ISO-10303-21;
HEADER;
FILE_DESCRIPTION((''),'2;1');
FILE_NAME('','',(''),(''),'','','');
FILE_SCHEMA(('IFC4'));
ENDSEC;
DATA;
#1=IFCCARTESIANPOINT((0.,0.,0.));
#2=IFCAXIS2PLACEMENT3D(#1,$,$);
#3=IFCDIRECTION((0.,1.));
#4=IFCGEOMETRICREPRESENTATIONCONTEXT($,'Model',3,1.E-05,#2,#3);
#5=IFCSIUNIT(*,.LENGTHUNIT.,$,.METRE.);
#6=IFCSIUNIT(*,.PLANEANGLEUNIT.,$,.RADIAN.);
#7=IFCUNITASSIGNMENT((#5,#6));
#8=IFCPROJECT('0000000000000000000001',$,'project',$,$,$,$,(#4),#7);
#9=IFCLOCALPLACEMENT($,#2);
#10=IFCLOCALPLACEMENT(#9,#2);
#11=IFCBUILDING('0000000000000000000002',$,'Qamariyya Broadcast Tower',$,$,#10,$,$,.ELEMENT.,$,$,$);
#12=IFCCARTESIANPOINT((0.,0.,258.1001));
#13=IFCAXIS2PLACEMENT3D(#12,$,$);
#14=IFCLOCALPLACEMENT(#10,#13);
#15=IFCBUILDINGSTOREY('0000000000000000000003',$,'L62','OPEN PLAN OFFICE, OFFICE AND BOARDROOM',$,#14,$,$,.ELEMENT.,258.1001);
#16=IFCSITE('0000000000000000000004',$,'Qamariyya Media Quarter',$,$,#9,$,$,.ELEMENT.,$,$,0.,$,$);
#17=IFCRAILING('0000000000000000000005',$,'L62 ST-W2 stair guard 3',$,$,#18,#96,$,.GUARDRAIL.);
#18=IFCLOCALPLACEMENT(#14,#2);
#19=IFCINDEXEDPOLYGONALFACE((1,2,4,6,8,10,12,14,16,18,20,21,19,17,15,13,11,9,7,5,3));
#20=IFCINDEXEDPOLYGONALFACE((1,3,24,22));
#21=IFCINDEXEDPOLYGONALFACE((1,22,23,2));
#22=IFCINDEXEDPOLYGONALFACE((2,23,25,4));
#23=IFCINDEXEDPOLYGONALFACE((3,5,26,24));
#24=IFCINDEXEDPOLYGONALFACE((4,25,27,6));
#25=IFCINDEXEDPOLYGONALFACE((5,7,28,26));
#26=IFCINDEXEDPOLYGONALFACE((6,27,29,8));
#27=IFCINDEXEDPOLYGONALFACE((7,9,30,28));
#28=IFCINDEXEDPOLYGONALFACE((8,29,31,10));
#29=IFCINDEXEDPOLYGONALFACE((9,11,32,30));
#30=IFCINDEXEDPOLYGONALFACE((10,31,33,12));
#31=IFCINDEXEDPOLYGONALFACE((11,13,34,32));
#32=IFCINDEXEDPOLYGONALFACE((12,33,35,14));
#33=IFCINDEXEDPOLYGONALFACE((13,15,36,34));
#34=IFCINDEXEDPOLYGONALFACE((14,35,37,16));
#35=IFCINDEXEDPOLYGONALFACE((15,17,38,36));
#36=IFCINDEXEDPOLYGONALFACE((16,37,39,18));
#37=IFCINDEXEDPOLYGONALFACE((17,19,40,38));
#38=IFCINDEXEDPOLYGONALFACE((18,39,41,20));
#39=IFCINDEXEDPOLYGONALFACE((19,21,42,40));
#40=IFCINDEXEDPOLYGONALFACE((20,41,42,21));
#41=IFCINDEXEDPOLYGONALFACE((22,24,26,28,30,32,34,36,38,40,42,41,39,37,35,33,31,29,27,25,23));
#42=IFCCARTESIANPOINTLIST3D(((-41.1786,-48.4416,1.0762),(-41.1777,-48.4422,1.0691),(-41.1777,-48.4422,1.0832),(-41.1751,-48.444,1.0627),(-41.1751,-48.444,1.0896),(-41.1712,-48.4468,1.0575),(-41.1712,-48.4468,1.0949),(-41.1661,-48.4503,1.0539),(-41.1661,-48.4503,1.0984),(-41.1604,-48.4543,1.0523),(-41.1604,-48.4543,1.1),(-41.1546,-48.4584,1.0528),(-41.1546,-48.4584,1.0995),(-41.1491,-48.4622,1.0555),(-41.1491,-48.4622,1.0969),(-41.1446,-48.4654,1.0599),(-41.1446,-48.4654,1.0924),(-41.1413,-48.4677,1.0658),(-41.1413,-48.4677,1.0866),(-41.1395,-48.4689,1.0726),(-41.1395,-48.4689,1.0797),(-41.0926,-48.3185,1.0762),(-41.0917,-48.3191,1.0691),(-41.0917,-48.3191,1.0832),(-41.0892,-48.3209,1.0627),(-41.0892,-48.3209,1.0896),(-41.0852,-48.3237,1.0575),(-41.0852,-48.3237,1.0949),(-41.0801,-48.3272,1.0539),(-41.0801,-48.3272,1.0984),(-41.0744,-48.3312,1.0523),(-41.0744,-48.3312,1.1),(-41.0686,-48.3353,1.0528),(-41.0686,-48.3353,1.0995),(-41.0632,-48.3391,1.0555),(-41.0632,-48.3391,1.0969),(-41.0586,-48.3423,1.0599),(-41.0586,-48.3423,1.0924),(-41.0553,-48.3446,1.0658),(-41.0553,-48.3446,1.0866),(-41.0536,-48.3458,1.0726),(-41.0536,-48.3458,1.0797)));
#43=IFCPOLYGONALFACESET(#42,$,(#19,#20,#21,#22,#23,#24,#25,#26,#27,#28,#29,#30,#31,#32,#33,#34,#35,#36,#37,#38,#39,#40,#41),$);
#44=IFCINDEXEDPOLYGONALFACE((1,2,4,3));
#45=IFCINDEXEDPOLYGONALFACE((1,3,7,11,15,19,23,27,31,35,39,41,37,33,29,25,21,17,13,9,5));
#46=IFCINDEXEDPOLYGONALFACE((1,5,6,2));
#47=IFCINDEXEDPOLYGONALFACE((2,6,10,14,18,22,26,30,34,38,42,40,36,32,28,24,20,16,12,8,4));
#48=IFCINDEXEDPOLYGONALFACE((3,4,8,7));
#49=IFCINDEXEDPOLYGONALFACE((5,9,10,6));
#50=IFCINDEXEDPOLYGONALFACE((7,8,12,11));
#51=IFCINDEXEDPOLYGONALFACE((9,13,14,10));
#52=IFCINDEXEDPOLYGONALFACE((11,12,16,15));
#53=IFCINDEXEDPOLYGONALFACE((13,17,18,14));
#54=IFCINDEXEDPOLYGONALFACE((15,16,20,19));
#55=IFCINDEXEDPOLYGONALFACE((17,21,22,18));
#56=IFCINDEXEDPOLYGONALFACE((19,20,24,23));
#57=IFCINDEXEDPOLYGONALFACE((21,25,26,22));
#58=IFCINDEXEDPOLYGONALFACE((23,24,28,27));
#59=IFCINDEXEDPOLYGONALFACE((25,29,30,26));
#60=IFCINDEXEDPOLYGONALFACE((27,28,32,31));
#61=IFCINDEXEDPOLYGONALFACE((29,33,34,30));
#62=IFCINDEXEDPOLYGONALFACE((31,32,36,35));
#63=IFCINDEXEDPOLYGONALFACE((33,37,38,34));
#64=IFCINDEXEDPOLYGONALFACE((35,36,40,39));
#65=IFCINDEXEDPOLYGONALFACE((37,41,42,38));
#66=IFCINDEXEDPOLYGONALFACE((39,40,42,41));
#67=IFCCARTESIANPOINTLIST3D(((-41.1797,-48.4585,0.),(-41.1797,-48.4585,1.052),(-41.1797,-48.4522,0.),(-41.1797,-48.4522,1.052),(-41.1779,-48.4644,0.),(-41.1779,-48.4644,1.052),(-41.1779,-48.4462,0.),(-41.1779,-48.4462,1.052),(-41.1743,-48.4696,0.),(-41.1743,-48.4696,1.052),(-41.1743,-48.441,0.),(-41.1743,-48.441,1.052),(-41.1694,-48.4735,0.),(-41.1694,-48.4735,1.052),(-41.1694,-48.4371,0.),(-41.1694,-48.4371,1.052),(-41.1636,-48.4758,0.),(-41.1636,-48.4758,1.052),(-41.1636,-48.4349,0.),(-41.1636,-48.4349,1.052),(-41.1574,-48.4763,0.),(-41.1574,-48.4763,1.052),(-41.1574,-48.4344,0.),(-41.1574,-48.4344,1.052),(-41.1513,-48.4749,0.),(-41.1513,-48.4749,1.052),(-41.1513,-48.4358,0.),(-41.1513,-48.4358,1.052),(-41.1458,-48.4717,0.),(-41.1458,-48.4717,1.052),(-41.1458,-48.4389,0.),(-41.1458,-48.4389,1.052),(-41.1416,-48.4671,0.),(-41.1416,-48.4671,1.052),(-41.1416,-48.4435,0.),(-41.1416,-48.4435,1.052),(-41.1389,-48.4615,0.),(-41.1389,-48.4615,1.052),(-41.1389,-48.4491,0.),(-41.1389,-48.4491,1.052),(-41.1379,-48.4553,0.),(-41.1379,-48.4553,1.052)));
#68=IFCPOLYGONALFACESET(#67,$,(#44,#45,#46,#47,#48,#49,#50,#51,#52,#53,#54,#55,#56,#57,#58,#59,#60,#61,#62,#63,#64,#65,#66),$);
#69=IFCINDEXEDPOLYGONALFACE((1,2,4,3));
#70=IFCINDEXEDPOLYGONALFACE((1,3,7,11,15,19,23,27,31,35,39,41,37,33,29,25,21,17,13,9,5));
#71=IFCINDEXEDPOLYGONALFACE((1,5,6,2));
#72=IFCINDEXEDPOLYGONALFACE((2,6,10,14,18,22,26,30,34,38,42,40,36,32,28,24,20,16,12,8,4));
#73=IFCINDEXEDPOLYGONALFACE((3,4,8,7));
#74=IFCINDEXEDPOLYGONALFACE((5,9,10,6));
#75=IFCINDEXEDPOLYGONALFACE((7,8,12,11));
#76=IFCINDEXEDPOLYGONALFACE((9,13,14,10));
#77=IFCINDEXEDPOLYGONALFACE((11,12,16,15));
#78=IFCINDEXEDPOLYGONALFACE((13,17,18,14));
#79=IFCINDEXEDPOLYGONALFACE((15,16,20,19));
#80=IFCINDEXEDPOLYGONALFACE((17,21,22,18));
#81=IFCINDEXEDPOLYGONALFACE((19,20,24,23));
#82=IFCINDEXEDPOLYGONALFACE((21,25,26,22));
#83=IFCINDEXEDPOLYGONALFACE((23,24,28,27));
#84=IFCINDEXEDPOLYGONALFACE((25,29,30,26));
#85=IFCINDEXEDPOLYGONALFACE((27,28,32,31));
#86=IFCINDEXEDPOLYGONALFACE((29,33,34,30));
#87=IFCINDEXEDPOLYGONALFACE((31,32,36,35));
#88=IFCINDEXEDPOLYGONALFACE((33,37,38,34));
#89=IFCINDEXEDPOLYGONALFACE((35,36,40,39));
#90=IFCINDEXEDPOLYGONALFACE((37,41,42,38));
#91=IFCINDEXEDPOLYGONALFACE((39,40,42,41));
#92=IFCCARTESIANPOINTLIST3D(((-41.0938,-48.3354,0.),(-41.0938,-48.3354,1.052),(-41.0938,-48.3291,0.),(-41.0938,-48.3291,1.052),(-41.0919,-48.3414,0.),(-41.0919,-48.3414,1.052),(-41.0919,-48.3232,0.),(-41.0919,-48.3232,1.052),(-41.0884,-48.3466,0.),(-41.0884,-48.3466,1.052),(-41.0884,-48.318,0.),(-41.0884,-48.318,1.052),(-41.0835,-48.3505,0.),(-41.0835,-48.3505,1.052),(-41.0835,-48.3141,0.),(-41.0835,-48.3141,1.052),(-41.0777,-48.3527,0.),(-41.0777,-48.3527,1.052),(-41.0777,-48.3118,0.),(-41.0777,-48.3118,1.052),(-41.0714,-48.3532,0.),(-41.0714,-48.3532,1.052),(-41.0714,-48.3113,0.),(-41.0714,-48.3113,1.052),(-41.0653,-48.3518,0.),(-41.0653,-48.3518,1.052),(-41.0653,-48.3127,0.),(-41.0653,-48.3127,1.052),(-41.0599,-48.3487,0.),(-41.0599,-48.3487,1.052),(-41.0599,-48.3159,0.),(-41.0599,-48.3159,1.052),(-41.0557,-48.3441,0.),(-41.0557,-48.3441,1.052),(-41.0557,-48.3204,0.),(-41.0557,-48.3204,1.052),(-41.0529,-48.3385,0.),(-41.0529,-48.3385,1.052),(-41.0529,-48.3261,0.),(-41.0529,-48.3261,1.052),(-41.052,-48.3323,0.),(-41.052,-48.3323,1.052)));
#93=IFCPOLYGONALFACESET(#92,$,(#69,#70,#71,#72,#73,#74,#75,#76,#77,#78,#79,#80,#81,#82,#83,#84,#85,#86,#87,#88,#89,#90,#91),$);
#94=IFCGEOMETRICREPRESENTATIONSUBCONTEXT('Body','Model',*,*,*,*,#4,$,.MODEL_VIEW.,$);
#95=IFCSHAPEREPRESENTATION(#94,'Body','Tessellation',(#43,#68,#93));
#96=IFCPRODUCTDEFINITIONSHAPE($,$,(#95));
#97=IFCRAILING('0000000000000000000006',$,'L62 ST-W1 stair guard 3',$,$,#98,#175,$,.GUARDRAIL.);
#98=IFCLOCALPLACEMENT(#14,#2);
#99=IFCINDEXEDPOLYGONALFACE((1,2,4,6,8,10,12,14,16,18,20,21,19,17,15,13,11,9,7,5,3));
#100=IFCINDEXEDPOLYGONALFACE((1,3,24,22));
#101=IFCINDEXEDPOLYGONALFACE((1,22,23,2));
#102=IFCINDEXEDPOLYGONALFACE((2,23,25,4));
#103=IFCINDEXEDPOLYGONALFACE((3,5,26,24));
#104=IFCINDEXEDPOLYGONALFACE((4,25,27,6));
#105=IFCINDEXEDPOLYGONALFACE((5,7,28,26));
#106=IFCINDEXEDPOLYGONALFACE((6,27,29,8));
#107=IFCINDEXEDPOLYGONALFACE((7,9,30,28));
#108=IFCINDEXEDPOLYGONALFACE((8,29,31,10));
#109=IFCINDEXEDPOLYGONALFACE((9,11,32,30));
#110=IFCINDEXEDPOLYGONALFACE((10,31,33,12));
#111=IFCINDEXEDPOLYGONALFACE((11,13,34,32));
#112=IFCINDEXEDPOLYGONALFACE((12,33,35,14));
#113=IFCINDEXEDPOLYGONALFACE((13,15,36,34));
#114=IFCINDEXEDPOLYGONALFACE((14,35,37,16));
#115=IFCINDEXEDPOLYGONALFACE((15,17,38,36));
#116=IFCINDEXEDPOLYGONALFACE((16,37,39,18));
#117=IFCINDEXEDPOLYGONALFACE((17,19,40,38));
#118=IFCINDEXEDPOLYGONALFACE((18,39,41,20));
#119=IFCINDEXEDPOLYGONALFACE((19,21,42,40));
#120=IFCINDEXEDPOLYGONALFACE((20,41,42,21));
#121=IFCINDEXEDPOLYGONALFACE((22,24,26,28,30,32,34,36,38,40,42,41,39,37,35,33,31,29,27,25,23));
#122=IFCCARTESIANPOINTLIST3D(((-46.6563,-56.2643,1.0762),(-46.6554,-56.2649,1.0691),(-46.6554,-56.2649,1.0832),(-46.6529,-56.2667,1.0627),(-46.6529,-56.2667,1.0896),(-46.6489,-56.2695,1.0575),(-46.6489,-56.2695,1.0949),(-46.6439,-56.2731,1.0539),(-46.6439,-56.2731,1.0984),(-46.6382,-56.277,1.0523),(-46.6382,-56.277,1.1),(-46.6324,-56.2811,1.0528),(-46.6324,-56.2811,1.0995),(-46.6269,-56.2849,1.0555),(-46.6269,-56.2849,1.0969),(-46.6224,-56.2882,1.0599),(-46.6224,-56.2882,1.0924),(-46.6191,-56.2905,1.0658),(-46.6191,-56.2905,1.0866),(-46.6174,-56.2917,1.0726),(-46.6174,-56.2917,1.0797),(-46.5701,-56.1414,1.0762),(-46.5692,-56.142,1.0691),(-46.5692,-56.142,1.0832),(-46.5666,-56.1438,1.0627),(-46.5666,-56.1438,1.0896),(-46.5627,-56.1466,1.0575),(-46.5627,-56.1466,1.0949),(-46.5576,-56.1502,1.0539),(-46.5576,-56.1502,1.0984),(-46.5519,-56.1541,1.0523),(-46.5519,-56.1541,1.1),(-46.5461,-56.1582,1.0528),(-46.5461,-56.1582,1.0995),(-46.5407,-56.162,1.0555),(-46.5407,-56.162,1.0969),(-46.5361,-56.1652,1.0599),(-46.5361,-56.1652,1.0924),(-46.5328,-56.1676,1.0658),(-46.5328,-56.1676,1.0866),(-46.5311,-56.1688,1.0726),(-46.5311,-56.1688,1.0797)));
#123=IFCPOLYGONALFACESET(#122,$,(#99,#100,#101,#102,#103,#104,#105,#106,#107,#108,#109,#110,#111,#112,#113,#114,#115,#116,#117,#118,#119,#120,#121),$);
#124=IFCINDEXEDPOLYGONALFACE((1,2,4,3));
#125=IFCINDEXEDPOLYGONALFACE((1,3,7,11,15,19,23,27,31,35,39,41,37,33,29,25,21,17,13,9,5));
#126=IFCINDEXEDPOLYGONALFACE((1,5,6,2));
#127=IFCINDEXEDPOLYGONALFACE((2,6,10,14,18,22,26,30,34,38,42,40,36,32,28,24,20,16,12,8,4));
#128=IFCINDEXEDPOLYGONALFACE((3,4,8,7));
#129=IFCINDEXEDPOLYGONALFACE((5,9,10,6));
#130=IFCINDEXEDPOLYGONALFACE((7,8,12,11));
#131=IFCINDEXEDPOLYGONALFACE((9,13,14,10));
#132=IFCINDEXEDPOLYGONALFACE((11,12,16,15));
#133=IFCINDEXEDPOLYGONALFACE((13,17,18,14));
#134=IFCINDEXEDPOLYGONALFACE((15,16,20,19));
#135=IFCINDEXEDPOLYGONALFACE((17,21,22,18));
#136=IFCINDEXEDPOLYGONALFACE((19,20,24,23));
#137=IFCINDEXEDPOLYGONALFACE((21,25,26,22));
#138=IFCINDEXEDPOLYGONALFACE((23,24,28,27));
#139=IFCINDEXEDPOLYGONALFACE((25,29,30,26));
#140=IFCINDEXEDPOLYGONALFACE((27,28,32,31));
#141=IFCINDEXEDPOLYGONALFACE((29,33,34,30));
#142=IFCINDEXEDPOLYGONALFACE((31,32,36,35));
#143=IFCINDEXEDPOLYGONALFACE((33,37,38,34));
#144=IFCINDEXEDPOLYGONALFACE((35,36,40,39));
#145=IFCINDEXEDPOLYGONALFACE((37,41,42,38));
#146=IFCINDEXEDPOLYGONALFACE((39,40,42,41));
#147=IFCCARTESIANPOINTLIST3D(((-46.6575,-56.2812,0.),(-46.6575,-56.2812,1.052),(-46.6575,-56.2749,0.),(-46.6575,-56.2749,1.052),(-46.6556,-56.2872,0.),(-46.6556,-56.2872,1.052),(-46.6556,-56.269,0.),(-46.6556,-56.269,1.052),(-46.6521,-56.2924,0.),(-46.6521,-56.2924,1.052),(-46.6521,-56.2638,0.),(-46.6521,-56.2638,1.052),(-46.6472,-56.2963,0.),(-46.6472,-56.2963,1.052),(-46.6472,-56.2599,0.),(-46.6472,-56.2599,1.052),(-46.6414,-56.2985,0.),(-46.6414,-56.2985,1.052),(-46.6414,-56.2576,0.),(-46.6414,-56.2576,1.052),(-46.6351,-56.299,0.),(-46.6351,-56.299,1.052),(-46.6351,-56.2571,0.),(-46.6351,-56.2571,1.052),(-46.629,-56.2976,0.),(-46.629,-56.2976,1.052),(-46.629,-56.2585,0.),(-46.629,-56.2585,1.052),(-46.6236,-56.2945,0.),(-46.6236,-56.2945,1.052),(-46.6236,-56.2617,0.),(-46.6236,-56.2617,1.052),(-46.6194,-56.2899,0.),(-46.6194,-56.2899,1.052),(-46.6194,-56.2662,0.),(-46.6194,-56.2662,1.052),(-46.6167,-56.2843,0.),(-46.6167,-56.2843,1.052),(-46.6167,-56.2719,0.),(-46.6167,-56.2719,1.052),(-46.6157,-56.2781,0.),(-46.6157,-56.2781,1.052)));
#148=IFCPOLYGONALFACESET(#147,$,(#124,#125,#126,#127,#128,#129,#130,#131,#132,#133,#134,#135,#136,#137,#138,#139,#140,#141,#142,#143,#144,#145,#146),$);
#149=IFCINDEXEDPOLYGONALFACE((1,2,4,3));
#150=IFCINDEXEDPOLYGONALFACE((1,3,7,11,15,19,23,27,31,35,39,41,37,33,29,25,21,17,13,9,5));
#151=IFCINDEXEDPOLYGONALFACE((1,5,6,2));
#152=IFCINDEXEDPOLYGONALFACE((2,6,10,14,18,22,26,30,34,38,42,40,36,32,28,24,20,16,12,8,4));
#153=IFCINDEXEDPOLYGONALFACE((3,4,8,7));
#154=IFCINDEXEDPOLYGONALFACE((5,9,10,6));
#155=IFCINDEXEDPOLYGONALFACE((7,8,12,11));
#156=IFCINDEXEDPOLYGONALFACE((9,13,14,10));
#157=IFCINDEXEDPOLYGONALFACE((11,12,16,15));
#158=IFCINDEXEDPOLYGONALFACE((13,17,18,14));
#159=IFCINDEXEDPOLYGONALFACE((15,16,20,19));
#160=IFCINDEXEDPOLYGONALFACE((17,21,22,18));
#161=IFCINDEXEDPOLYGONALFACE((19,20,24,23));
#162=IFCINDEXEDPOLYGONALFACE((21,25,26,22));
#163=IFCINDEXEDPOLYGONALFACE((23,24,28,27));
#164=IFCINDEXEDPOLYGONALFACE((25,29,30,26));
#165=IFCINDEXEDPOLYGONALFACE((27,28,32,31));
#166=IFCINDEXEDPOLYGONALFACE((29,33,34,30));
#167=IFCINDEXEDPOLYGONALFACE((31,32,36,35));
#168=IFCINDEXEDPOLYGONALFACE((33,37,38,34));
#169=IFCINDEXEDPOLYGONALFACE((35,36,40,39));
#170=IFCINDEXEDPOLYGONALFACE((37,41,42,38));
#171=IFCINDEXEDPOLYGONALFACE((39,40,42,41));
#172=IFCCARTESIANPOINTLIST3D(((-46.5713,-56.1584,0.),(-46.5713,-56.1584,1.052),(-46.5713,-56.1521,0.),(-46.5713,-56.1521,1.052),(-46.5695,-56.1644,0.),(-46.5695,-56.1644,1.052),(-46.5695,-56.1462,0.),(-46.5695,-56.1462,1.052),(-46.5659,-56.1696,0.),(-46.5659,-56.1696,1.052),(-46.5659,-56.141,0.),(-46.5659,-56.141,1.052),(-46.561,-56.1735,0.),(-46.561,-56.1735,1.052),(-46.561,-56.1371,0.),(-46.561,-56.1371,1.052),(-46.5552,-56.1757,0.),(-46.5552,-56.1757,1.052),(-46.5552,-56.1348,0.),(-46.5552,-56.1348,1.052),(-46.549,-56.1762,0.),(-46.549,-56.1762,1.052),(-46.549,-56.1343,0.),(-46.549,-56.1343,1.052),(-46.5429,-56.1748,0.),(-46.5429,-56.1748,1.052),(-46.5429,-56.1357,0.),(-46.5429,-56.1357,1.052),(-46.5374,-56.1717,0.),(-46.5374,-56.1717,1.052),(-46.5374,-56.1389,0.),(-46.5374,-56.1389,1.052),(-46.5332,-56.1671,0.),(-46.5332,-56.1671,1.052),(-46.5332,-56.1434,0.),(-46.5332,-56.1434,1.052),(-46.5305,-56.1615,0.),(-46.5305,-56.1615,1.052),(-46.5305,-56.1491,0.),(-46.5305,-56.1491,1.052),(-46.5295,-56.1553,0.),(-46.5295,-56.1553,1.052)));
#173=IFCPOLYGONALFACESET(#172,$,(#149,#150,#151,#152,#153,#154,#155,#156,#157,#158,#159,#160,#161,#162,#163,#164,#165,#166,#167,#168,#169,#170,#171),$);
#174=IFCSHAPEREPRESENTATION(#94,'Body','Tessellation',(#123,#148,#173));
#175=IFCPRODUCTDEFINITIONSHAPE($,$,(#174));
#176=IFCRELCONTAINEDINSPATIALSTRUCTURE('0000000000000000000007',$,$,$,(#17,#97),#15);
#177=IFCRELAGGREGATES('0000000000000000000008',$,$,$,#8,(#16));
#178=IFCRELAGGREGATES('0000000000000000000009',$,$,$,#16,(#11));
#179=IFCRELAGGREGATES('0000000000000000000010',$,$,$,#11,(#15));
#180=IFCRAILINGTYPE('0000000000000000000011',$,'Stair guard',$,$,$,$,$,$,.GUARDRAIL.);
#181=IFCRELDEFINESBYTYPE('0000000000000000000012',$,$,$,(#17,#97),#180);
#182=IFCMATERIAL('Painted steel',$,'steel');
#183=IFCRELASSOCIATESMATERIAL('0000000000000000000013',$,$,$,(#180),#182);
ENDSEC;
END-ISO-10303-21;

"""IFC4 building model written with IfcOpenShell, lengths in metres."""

from ifc_helpers import new_model, si_unit, direction, frame, origin, origin_2d, place, context, subcontext, project, spatial, circle, extrude, material, type_object, element, save


model = new_model("IFC4")

# Units and contexts
model_context = context("Model", 3, precision=1e-05, world=origin(), true_north=direction((0.0, 1.0)))
body_context = subcontext(model_context, "Body", "Model", "MODEL_VIEW")
ifc_project = project(units=[si_unit("LENGTHUNIT", "METRE"), si_unit("PLANEANGLEUNIT", "RADIAN")], contexts=[model_context])

# Site, building, storey
site_placement = place(None, origin())
site = spatial("IfcSite", under=ifc_project, at=site_placement, Name="Qamariyya Media Quarter", CompositionType="ELEMENT", RefElevation=0.0)
building_placement = place(site_placement, origin())
building = spatial("IfcBuilding", under=site, at=building_placement, Name="Qamariyya Broadcast Tower", CompositionType="ELEMENT")
storey_placement = place(building_placement, frame((0.0, 0.0, 258.1001)))
storey = spatial("IfcBuildingStorey", under=building, at=storey_placement, Name="L62", Description="OPEN PLAN OFFICE, OFFICE AND BOARDROOM", CompositionType="ELEMENT", Elevation=258.1001)

# Railings
ifc_material_1 = material(Name="Painted steel", Category="steel")
railing_type_1 = type_object("IfcRailingType", Name="Stair guard", PredefinedType="GUARDRAIL", material=ifc_material_1)
railing_1_placement = place(storey_placement, frame((-41.1589, -48.4553, 0.0)))
element("IfcRailing", 1, at=railing_1_placement, inside=storey, type_object=railing_type_1, Name="L62 ST-W2 stair guard 3", PredefinedType="GUARDRAIL", context=body_context, shape_type="SweptSolid", body=[
    extrude(circle(Radius=0.0239, at=origin_2d()), frame((0.0, 0.0, 1.0762), z_axis=(0.572589, 0.819843, 0.0), x_axis=(-0.819843, 0.572589, 0.0)), (0.0, 0.0, 1.0), 0.1501),
    extrude(circle(Radius=0.021, at=origin_2d()), origin(), (0.0, 0.0, 1.0), 1.052),
    extrude(circle(Radius=0.021, at=origin_2d()), frame((0.0859, 0.123, 0.0)), (0.0, 0.0, 1.0), 1.052),
])
railing_2_placement = place(storey_placement, frame((-46.6367, -56.2781, 0.0)))
element("IfcRailing", 2, at=railing_2_placement, inside=storey, type_object=railing_type_1, Name="L62 ST-W1 stair guard 3", PredefinedType="GUARDRAIL", context=body_context, shape_type="SweptSolid", body=[
    extrude(circle(Radius=0.0239, at=origin_2d()), frame((0.0, 0.0, 1.0762), z_axis=(0.574445, 0.818543, 0.0), x_axis=(-0.818543, 0.574445, 0.0)), (0.0, 0.0, 1.0), 0.1501),
    extrude(circle(Radius=0.021, at=origin_2d()), origin(), (0.0, 0.0, 1.0), 1.052),
    extrude(circle(Radius=0.021, at=origin_2d()), frame((0.0862, 0.1228, 0.0)), (0.0, 0.0, 1.0), 1.052),
])

save(model, "model.ifc")
